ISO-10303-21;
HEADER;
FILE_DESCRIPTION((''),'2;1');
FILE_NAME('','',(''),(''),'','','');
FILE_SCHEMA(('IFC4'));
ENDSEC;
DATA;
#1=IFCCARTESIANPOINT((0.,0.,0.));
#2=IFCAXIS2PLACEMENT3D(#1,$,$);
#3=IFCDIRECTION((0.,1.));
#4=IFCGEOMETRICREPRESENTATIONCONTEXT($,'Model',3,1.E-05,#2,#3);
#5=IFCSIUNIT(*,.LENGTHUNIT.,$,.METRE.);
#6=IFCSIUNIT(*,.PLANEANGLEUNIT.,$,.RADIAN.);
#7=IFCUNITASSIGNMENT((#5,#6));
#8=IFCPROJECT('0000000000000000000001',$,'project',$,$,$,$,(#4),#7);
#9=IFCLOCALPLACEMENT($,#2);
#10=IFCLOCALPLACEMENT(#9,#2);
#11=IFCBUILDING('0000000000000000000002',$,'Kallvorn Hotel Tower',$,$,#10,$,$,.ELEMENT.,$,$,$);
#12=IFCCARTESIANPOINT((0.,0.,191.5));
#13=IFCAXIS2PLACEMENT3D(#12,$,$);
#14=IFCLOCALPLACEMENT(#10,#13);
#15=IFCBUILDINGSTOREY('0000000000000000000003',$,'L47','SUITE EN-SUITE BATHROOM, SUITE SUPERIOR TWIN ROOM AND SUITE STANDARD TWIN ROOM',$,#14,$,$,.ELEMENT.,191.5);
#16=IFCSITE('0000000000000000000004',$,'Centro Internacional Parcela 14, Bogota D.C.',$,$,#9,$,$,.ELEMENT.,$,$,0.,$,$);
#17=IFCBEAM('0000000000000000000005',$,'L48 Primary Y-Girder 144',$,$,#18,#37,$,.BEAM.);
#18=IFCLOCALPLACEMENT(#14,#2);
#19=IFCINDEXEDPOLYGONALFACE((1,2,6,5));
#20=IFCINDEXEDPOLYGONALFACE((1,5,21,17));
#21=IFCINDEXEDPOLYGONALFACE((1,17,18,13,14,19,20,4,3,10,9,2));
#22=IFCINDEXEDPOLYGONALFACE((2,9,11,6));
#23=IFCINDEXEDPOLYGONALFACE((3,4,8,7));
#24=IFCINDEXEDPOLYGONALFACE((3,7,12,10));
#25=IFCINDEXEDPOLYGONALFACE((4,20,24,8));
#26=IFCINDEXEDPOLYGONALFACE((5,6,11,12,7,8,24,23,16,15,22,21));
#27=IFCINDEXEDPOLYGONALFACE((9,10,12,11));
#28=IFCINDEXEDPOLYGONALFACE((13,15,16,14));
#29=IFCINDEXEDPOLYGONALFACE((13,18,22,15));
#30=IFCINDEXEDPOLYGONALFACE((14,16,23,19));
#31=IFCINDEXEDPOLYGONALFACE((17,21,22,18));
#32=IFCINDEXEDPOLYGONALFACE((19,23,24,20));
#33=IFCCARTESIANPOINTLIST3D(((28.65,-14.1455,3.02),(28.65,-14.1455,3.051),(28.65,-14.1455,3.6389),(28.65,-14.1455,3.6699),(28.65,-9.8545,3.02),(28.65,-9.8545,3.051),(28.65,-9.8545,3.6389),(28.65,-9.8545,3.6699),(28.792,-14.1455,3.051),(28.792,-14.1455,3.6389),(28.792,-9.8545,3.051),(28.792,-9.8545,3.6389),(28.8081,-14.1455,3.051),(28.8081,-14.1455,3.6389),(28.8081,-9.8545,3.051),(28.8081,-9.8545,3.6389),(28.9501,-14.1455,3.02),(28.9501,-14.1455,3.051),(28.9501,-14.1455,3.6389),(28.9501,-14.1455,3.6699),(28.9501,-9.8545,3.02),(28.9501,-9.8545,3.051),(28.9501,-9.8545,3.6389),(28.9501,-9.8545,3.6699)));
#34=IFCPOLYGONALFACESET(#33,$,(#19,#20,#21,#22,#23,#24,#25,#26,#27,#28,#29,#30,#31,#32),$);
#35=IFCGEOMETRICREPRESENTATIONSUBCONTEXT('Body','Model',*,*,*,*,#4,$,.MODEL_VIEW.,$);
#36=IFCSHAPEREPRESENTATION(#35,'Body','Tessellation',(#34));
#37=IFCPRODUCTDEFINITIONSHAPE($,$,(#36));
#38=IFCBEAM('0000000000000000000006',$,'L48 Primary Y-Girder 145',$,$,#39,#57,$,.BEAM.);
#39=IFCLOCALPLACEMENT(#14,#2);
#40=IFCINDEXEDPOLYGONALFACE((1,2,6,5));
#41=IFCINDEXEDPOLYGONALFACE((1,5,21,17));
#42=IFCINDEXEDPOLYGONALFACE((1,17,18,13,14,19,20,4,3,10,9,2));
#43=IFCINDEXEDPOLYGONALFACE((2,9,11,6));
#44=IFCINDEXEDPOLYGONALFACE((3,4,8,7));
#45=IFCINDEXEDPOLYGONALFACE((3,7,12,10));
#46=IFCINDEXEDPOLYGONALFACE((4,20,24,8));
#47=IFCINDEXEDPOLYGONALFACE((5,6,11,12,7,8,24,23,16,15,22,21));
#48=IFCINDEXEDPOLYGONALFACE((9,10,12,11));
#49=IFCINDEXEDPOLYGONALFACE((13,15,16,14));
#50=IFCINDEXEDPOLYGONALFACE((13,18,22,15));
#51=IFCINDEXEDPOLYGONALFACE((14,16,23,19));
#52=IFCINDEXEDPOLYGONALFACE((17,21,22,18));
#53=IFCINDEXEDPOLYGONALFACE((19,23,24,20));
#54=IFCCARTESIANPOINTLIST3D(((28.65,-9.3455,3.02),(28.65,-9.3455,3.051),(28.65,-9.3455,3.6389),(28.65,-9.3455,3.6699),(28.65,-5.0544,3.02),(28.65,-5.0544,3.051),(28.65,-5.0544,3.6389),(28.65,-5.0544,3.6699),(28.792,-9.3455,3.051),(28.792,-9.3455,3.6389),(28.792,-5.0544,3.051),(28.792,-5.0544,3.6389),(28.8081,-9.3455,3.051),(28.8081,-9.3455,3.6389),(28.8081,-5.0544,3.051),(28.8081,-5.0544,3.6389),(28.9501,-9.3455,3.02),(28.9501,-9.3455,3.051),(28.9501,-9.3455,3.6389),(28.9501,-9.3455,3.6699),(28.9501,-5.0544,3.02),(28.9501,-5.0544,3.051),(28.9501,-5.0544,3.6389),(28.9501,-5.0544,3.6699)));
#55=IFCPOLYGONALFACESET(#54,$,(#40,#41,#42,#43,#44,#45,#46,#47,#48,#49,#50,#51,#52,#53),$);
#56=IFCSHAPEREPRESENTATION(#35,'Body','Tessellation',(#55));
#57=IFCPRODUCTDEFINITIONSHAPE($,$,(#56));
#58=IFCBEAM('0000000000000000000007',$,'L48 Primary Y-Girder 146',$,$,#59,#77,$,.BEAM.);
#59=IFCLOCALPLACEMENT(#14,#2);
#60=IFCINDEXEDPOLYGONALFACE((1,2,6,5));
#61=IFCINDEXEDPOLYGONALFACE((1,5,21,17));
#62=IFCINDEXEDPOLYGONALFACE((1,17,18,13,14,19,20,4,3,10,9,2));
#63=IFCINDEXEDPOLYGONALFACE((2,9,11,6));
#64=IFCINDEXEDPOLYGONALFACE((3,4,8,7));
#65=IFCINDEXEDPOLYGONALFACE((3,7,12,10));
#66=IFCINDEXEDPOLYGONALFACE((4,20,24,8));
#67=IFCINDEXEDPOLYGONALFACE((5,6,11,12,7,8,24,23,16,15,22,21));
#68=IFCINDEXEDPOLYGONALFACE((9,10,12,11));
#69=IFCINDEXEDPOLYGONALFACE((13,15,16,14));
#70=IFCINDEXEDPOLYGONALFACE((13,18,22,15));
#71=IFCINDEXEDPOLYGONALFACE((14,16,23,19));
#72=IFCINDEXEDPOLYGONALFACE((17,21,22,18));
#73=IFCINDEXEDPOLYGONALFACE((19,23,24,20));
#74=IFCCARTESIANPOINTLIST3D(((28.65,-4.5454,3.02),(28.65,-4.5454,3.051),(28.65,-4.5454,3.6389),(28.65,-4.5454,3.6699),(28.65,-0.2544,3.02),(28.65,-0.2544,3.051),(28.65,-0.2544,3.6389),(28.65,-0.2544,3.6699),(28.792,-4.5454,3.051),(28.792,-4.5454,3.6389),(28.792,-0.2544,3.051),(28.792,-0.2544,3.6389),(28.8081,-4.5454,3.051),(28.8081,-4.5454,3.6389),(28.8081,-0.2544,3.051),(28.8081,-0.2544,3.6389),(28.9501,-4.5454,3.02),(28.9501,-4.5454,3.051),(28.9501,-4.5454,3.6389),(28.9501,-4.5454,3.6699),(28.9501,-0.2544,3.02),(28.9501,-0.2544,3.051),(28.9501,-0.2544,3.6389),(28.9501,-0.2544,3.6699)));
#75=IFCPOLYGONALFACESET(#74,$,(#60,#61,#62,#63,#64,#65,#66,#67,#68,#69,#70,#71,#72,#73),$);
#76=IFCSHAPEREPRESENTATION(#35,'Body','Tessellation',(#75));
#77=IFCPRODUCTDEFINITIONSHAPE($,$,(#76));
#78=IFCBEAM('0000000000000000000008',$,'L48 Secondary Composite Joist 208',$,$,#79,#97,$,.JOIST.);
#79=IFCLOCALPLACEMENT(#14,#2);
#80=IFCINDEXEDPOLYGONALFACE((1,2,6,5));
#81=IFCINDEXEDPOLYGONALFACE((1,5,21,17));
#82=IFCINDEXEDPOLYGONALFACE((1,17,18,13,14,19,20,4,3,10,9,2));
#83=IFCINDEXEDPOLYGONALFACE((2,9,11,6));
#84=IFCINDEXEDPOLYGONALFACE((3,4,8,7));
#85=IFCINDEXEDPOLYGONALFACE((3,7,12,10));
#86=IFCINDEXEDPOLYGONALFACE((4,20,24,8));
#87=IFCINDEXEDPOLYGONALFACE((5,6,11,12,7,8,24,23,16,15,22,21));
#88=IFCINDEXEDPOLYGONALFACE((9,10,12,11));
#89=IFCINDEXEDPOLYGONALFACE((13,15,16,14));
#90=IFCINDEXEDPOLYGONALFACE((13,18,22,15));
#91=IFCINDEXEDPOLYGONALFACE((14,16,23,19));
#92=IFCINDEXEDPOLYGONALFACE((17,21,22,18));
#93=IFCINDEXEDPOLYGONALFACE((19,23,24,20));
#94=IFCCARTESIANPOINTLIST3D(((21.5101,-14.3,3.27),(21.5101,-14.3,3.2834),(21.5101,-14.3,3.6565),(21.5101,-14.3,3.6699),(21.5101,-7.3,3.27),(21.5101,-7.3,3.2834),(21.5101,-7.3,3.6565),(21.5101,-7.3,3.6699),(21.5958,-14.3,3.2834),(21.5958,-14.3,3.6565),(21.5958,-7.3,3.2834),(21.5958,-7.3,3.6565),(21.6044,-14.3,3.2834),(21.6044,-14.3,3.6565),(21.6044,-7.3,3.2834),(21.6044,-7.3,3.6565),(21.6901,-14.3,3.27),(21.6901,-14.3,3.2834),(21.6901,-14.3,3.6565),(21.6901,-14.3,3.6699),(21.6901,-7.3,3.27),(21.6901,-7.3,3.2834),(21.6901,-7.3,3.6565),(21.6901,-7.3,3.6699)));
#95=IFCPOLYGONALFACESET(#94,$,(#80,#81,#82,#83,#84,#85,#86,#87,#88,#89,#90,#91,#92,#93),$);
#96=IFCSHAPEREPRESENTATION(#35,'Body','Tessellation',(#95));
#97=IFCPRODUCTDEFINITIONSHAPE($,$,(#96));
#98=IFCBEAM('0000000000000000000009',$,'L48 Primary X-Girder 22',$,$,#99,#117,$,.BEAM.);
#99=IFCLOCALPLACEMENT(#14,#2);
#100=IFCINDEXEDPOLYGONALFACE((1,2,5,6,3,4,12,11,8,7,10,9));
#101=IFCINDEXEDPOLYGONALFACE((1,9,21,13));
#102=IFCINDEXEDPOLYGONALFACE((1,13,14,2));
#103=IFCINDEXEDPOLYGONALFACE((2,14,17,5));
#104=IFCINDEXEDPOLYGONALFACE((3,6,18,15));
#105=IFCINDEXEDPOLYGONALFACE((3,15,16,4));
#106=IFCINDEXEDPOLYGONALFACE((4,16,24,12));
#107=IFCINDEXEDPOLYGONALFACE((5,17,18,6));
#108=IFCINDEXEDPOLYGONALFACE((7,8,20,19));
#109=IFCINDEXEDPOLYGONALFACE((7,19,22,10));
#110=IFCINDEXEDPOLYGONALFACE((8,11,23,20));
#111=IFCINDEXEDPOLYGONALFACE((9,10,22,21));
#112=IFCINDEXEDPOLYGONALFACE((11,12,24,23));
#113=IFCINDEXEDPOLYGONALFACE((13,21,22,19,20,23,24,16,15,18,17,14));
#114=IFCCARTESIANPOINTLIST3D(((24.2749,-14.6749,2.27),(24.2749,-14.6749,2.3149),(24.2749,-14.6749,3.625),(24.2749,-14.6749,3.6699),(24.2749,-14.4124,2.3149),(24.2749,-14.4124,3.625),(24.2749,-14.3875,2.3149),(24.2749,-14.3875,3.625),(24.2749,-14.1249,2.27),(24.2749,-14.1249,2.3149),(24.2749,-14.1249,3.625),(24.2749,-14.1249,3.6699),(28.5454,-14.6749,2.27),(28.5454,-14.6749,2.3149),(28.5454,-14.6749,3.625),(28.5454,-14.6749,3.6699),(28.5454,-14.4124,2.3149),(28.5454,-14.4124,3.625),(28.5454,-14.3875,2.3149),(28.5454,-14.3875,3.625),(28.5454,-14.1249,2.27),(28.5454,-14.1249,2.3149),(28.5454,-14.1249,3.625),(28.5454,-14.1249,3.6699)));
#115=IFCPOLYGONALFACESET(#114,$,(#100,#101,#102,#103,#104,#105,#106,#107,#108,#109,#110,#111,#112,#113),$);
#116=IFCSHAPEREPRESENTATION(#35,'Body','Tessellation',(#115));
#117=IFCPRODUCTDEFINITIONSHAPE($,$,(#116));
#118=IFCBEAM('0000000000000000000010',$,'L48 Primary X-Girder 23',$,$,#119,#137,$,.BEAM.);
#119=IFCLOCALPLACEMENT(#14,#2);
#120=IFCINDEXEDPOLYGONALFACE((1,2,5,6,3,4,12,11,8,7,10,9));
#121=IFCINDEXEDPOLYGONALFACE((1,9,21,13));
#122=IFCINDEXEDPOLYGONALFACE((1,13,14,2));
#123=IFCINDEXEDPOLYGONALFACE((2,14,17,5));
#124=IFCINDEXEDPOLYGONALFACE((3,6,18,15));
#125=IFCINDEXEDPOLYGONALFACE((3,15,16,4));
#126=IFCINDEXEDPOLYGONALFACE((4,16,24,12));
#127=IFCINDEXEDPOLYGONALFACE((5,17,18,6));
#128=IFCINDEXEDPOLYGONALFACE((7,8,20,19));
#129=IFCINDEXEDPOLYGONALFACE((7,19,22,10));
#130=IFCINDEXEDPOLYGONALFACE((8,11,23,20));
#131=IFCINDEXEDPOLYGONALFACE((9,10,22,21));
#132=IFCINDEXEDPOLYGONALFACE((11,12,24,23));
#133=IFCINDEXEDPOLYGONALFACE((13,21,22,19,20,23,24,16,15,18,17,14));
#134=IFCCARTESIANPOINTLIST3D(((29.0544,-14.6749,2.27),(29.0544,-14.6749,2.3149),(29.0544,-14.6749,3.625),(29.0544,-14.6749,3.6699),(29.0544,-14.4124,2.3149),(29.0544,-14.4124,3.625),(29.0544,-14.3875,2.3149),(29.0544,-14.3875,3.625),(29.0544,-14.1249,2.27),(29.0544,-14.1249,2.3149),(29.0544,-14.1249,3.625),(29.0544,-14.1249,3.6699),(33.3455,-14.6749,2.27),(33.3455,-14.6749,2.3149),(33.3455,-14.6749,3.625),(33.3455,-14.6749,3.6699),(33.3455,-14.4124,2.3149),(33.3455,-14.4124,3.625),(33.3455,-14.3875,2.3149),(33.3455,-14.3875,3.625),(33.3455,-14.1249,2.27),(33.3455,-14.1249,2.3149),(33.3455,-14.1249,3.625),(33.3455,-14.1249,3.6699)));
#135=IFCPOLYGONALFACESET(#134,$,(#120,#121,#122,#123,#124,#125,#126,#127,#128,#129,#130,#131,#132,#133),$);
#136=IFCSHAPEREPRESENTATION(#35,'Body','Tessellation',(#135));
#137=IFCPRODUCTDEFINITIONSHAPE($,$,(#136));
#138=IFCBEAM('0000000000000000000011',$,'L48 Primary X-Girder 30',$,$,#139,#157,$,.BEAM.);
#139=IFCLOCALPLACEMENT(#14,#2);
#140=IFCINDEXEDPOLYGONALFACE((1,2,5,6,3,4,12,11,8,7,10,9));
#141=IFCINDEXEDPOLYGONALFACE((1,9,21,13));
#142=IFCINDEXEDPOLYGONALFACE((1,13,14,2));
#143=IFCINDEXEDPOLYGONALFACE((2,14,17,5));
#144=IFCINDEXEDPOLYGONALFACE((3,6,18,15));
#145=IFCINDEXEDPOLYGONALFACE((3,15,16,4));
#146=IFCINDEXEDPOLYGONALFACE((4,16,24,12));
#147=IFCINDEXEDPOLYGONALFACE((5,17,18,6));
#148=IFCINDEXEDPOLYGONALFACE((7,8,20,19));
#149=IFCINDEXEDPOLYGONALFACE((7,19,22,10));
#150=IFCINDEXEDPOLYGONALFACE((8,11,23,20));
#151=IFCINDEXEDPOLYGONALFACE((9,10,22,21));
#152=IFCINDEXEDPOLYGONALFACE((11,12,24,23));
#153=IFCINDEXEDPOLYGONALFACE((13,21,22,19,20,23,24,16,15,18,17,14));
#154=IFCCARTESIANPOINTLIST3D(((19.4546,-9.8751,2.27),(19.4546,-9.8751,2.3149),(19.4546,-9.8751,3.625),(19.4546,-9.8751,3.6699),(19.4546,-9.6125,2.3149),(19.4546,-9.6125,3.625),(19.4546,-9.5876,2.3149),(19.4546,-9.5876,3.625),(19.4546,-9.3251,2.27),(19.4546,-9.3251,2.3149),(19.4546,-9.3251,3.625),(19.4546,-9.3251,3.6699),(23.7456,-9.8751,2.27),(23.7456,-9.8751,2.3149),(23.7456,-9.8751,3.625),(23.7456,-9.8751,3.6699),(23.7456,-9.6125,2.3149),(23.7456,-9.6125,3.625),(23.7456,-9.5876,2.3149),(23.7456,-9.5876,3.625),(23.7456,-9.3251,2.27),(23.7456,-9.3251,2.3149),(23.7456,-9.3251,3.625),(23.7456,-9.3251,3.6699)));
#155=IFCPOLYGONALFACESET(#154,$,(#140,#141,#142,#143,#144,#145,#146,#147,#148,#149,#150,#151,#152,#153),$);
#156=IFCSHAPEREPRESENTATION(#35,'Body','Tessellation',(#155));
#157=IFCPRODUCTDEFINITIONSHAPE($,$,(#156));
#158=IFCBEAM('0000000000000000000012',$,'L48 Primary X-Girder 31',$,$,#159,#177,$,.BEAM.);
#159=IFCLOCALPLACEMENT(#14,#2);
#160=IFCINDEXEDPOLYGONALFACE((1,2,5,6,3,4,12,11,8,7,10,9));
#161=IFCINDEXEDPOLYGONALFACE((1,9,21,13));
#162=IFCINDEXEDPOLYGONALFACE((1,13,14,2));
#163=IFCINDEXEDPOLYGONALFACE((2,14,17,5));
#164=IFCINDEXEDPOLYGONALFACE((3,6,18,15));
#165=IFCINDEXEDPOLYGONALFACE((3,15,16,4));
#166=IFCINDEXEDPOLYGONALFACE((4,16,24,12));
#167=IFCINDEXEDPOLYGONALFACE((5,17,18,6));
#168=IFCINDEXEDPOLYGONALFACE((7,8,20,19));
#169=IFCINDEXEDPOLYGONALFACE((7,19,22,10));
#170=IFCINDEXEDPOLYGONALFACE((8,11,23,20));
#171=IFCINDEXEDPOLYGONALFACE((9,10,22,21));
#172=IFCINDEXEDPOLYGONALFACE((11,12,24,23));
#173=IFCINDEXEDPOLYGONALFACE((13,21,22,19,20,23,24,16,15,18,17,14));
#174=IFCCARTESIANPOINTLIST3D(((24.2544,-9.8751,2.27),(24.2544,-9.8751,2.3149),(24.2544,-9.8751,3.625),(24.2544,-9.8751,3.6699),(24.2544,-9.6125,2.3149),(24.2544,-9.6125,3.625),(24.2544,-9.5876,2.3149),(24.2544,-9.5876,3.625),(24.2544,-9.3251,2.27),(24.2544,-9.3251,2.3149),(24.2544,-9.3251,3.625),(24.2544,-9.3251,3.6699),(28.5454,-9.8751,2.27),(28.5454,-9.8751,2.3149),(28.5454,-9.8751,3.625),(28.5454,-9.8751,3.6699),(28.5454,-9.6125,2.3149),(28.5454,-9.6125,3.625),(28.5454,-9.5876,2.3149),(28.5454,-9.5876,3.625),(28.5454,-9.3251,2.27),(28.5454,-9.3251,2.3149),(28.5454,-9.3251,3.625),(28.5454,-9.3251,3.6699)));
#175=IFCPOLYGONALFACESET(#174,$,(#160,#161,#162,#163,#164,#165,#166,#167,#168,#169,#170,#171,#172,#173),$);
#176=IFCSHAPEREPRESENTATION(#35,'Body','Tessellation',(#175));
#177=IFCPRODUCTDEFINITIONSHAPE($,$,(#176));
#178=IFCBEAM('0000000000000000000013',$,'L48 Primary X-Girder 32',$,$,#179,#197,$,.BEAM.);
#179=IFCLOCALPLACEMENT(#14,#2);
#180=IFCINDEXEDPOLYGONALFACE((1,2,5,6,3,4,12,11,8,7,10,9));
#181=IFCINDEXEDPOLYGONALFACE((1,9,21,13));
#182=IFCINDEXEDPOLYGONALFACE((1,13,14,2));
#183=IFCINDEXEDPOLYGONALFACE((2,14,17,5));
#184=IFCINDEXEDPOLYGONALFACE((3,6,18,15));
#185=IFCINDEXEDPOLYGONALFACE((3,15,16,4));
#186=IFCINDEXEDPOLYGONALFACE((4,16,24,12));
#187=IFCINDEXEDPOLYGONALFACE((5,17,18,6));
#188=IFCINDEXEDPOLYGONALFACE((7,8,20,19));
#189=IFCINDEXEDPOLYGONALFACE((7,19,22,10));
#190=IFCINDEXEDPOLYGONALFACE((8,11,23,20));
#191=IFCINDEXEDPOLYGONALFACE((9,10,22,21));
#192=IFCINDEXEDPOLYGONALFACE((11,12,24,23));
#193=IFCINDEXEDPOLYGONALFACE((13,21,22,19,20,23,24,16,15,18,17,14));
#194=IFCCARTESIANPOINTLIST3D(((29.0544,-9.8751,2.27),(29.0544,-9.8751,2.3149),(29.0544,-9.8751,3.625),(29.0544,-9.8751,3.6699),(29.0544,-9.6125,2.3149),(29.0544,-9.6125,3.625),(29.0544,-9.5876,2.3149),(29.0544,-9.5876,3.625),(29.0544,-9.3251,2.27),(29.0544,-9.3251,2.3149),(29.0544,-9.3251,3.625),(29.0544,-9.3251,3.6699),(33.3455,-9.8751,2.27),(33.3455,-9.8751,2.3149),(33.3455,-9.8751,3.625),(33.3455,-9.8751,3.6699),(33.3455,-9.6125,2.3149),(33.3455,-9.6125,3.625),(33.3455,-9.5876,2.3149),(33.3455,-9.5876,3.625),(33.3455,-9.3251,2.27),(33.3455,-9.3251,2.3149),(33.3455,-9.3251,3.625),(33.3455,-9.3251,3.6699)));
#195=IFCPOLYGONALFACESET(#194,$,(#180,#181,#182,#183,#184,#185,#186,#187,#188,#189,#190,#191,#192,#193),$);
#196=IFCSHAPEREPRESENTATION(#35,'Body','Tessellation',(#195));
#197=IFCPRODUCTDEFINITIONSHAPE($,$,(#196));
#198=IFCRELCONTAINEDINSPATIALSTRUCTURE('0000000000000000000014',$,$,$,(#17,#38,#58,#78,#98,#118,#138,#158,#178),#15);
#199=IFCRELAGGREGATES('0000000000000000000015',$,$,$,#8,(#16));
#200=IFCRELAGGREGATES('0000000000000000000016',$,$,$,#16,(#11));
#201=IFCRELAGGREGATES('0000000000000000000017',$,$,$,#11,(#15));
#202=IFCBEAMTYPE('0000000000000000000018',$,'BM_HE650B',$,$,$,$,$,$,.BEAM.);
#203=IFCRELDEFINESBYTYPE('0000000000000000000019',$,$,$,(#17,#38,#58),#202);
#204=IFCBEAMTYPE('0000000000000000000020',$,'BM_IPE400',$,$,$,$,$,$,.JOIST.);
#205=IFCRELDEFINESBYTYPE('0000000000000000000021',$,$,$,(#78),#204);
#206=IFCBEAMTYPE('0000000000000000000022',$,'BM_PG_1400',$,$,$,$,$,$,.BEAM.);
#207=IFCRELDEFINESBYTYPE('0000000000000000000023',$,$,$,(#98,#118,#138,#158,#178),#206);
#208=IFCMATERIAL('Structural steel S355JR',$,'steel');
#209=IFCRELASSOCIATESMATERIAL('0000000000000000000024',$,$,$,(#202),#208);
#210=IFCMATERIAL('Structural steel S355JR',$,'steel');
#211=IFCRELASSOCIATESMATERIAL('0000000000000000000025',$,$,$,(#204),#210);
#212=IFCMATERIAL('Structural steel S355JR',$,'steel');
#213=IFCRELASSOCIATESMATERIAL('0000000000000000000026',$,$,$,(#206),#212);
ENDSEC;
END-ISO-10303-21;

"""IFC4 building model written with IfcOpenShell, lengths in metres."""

from ifc_helpers import new_model, si_unit, direction, frame, origin, origin_2d, place, context, subcontext, project, spatial, i_section, extrude, material, material_profile, profile_set, type_object, element, save


model = new_model("IFC4")

# Units and contexts
model_context = context("Model", 3, precision=1e-05, world=origin(), true_north=direction((0.0, 1.0)))
body_context = subcontext(model_context, "Body", "Model", "MODEL_VIEW")
ifc_project = project(units=[si_unit("LENGTHUNIT", "METRE"), si_unit("PLANEANGLEUNIT", "RADIAN")], contexts=[model_context])

# Site, building, storey
site_placement = place(None, origin())
site = spatial("IfcSite", under=ifc_project, at=site_placement, Name="Centro Internacional Parcela 14, Bogota D.C.", CompositionType="ELEMENT", RefElevation=0.0)
building_placement = place(site_placement, origin())
building = spatial("IfcBuilding", under=site, at=building_placement, Name="Kallvorn Hotel Tower", CompositionType="ELEMENT")
storey_placement = place(building_placement, frame((0.0, 0.0, 191.5)))
storey = spatial("IfcBuildingStorey", under=building, at=storey_placement, Name="L47", Description="SUITE EN-SUITE BATHROOM, SUITE SUPERIOR TWIN ROOM AND SUITE STANDARD TWIN ROOM", CompositionType="ELEMENT", Elevation=191.5)

# Beams
ifc_material_1 = material(Name="Structural steel S355JR", Category="steel")
ifc_material_profile_1 = material_profile(ifc_material_1, i_section(OverallWidth=0.3, OverallDepth=0.6499, WebThickness=0.0161, FlangeThickness=0.031, at=origin_2d()), Name="HE 650 B")
ifc_profile_set_1 = profile_set([ifc_material_profile_1], Name="Structural steel S355JR")
beam_type_1 = type_object("IfcBeamType", Name="BM_HE650B", PredefinedType="BEAM", material=ifc_profile_set_1)
for number, where, z_axis, x_axis, name in (
    (1, (28.8, -14.1455, 3.345), (0.0, 1.0, 0.0), (-1.0, 0.0, 0.0), "L48 Primary Y-Girder 144"),
    (2, (28.8, -9.3455, 3.345), (0.0, 1.0, 0.0), (-1.0, 0.0, 0.0), "L48 Primary Y-Girder 145"),
    (3, (28.8, -4.5454, 3.345), (0.0, 1.0, 0.0), (-1.0, 0.0, 0.0), "L48 Primary Y-Girder 146"),
):
    element("IfcBeam", number, at=place(storey_placement, frame(where, z_axis=z_axis, x_axis=x_axis)), inside=storey, type_object=beam_type_1, Name=name, PredefinedType="BEAM", context=body_context, shape_type="SweptSolid", body=[
        extrude(i_section(OverallWidth=0.3, OverallDepth=0.6499, WebThickness=0.0161, FlangeThickness=0.031, at=origin_2d()), origin(), (0.0, 0.0, 1.0), 4.291),
    ])
ifc_material_2 = material(Name="Structural steel S355JR", Category="steel")
ifc_material_profile_2 = material_profile(ifc_material_2, i_section(OverallWidth=0.1799, OverallDepth=0.3999, WebThickness=0.0085, FlangeThickness=0.0134, at=origin_2d()), Name="IPE 400")
ifc_profile_set_2 = profile_set([ifc_material_profile_2], Name="Structural steel S355JR")
beam_type_2 = type_object("IfcBeamType", Name="BM_IPE400", PredefinedType="JOIST", material=ifc_profile_set_2)
beam_1_placement = place(storey_placement, frame((21.6001, -14.3, 3.47), z_axis=(0.0, 1.0, 0.0), x_axis=(-1.0, 0.0, 0.0)))
element("IfcBeam", 4, at=beam_1_placement, inside=storey, type_object=beam_type_2, Name="L48 Secondary Composite Joist 208", PredefinedType="JOIST", context=body_context, shape_type="SweptSolid", body=[
    extrude(i_section(OverallWidth=0.1799, OverallDepth=0.3999, WebThickness=0.0085, FlangeThickness=0.0134, at=origin_2d()), origin(), (0.0, 0.0, 1.0), 7.0),
])
ifc_material_3 = material(Name="Structural steel S355JR", Category="steel")
ifc_material_profile_3 = material_profile(ifc_material_3, i_section(OverallWidth=0.55, OverallDepth=1.3999, WebThickness=0.0249, FlangeThickness=0.0449, at=origin_2d()), Name="PG 1400x550x25x45")
ifc_profile_set_3 = profile_set([ifc_material_profile_3], Name="Structural steel S355JR")
beam_type_3 = type_object("IfcBeamType", Name="BM_PG_1400", PredefinedType="BEAM", material=ifc_profile_set_3)
beam_2_placement = place(storey_placement, frame((24.2749, -14.3999, 2.97), z_axis=(1.0, 0.0, 0.0), x_axis=(0.0, 1.0, 0.0)))
element("IfcBeam", 5, at=beam_2_placement, inside=storey, type_object=beam_type_3, Name="L48 Primary X-Girder 22", PredefinedType="BEAM", context=body_context, shape_type="SweptSolid", body=[
    extrude(i_section(OverallWidth=0.55, OverallDepth=1.3999, WebThickness=0.0249, FlangeThickness=0.0449, at=origin_2d()), origin(), (0.0, 0.0, 1.0), 4.2705),
])
for number, where, z_axis, x_axis, name in (
    (6, (29.0544, -14.3999, 2.97), (1.0, 0.0, 0.0), (0.0, 1.0, 0.0), "L48 Primary X-Girder 23"),
    (7, (19.4546, -9.6001, 2.97), (1.0, 0.0, 0.0), (0.0, 1.0, 0.0), "L48 Primary X-Girder 30"),
    (8, (24.2544, -9.6001, 2.97), (1.0, 0.0, 0.0), (0.0, 1.0, 0.0), "L48 Primary X-Girder 31"),
    (9, (29.0544, -9.6001, 2.97), (1.0, 0.0, 0.0), (0.0, 1.0, 0.0), "L48 Primary X-Girder 32"),
):
    element("IfcBeam", number, at=place(storey_placement, frame(where, z_axis=z_axis, x_axis=x_axis)), inside=storey, type_object=beam_type_3, Name=name, PredefinedType="BEAM", context=body_context, shape_type="SweptSolid", body=[
        extrude(i_section(OverallWidth=0.55, OverallDepth=1.3999, WebThickness=0.0249, FlangeThickness=0.0449, at=origin_2d()), origin(), (0.0, 0.0, 1.0), 4.291),
    ])

save(model, "model.ifc")
